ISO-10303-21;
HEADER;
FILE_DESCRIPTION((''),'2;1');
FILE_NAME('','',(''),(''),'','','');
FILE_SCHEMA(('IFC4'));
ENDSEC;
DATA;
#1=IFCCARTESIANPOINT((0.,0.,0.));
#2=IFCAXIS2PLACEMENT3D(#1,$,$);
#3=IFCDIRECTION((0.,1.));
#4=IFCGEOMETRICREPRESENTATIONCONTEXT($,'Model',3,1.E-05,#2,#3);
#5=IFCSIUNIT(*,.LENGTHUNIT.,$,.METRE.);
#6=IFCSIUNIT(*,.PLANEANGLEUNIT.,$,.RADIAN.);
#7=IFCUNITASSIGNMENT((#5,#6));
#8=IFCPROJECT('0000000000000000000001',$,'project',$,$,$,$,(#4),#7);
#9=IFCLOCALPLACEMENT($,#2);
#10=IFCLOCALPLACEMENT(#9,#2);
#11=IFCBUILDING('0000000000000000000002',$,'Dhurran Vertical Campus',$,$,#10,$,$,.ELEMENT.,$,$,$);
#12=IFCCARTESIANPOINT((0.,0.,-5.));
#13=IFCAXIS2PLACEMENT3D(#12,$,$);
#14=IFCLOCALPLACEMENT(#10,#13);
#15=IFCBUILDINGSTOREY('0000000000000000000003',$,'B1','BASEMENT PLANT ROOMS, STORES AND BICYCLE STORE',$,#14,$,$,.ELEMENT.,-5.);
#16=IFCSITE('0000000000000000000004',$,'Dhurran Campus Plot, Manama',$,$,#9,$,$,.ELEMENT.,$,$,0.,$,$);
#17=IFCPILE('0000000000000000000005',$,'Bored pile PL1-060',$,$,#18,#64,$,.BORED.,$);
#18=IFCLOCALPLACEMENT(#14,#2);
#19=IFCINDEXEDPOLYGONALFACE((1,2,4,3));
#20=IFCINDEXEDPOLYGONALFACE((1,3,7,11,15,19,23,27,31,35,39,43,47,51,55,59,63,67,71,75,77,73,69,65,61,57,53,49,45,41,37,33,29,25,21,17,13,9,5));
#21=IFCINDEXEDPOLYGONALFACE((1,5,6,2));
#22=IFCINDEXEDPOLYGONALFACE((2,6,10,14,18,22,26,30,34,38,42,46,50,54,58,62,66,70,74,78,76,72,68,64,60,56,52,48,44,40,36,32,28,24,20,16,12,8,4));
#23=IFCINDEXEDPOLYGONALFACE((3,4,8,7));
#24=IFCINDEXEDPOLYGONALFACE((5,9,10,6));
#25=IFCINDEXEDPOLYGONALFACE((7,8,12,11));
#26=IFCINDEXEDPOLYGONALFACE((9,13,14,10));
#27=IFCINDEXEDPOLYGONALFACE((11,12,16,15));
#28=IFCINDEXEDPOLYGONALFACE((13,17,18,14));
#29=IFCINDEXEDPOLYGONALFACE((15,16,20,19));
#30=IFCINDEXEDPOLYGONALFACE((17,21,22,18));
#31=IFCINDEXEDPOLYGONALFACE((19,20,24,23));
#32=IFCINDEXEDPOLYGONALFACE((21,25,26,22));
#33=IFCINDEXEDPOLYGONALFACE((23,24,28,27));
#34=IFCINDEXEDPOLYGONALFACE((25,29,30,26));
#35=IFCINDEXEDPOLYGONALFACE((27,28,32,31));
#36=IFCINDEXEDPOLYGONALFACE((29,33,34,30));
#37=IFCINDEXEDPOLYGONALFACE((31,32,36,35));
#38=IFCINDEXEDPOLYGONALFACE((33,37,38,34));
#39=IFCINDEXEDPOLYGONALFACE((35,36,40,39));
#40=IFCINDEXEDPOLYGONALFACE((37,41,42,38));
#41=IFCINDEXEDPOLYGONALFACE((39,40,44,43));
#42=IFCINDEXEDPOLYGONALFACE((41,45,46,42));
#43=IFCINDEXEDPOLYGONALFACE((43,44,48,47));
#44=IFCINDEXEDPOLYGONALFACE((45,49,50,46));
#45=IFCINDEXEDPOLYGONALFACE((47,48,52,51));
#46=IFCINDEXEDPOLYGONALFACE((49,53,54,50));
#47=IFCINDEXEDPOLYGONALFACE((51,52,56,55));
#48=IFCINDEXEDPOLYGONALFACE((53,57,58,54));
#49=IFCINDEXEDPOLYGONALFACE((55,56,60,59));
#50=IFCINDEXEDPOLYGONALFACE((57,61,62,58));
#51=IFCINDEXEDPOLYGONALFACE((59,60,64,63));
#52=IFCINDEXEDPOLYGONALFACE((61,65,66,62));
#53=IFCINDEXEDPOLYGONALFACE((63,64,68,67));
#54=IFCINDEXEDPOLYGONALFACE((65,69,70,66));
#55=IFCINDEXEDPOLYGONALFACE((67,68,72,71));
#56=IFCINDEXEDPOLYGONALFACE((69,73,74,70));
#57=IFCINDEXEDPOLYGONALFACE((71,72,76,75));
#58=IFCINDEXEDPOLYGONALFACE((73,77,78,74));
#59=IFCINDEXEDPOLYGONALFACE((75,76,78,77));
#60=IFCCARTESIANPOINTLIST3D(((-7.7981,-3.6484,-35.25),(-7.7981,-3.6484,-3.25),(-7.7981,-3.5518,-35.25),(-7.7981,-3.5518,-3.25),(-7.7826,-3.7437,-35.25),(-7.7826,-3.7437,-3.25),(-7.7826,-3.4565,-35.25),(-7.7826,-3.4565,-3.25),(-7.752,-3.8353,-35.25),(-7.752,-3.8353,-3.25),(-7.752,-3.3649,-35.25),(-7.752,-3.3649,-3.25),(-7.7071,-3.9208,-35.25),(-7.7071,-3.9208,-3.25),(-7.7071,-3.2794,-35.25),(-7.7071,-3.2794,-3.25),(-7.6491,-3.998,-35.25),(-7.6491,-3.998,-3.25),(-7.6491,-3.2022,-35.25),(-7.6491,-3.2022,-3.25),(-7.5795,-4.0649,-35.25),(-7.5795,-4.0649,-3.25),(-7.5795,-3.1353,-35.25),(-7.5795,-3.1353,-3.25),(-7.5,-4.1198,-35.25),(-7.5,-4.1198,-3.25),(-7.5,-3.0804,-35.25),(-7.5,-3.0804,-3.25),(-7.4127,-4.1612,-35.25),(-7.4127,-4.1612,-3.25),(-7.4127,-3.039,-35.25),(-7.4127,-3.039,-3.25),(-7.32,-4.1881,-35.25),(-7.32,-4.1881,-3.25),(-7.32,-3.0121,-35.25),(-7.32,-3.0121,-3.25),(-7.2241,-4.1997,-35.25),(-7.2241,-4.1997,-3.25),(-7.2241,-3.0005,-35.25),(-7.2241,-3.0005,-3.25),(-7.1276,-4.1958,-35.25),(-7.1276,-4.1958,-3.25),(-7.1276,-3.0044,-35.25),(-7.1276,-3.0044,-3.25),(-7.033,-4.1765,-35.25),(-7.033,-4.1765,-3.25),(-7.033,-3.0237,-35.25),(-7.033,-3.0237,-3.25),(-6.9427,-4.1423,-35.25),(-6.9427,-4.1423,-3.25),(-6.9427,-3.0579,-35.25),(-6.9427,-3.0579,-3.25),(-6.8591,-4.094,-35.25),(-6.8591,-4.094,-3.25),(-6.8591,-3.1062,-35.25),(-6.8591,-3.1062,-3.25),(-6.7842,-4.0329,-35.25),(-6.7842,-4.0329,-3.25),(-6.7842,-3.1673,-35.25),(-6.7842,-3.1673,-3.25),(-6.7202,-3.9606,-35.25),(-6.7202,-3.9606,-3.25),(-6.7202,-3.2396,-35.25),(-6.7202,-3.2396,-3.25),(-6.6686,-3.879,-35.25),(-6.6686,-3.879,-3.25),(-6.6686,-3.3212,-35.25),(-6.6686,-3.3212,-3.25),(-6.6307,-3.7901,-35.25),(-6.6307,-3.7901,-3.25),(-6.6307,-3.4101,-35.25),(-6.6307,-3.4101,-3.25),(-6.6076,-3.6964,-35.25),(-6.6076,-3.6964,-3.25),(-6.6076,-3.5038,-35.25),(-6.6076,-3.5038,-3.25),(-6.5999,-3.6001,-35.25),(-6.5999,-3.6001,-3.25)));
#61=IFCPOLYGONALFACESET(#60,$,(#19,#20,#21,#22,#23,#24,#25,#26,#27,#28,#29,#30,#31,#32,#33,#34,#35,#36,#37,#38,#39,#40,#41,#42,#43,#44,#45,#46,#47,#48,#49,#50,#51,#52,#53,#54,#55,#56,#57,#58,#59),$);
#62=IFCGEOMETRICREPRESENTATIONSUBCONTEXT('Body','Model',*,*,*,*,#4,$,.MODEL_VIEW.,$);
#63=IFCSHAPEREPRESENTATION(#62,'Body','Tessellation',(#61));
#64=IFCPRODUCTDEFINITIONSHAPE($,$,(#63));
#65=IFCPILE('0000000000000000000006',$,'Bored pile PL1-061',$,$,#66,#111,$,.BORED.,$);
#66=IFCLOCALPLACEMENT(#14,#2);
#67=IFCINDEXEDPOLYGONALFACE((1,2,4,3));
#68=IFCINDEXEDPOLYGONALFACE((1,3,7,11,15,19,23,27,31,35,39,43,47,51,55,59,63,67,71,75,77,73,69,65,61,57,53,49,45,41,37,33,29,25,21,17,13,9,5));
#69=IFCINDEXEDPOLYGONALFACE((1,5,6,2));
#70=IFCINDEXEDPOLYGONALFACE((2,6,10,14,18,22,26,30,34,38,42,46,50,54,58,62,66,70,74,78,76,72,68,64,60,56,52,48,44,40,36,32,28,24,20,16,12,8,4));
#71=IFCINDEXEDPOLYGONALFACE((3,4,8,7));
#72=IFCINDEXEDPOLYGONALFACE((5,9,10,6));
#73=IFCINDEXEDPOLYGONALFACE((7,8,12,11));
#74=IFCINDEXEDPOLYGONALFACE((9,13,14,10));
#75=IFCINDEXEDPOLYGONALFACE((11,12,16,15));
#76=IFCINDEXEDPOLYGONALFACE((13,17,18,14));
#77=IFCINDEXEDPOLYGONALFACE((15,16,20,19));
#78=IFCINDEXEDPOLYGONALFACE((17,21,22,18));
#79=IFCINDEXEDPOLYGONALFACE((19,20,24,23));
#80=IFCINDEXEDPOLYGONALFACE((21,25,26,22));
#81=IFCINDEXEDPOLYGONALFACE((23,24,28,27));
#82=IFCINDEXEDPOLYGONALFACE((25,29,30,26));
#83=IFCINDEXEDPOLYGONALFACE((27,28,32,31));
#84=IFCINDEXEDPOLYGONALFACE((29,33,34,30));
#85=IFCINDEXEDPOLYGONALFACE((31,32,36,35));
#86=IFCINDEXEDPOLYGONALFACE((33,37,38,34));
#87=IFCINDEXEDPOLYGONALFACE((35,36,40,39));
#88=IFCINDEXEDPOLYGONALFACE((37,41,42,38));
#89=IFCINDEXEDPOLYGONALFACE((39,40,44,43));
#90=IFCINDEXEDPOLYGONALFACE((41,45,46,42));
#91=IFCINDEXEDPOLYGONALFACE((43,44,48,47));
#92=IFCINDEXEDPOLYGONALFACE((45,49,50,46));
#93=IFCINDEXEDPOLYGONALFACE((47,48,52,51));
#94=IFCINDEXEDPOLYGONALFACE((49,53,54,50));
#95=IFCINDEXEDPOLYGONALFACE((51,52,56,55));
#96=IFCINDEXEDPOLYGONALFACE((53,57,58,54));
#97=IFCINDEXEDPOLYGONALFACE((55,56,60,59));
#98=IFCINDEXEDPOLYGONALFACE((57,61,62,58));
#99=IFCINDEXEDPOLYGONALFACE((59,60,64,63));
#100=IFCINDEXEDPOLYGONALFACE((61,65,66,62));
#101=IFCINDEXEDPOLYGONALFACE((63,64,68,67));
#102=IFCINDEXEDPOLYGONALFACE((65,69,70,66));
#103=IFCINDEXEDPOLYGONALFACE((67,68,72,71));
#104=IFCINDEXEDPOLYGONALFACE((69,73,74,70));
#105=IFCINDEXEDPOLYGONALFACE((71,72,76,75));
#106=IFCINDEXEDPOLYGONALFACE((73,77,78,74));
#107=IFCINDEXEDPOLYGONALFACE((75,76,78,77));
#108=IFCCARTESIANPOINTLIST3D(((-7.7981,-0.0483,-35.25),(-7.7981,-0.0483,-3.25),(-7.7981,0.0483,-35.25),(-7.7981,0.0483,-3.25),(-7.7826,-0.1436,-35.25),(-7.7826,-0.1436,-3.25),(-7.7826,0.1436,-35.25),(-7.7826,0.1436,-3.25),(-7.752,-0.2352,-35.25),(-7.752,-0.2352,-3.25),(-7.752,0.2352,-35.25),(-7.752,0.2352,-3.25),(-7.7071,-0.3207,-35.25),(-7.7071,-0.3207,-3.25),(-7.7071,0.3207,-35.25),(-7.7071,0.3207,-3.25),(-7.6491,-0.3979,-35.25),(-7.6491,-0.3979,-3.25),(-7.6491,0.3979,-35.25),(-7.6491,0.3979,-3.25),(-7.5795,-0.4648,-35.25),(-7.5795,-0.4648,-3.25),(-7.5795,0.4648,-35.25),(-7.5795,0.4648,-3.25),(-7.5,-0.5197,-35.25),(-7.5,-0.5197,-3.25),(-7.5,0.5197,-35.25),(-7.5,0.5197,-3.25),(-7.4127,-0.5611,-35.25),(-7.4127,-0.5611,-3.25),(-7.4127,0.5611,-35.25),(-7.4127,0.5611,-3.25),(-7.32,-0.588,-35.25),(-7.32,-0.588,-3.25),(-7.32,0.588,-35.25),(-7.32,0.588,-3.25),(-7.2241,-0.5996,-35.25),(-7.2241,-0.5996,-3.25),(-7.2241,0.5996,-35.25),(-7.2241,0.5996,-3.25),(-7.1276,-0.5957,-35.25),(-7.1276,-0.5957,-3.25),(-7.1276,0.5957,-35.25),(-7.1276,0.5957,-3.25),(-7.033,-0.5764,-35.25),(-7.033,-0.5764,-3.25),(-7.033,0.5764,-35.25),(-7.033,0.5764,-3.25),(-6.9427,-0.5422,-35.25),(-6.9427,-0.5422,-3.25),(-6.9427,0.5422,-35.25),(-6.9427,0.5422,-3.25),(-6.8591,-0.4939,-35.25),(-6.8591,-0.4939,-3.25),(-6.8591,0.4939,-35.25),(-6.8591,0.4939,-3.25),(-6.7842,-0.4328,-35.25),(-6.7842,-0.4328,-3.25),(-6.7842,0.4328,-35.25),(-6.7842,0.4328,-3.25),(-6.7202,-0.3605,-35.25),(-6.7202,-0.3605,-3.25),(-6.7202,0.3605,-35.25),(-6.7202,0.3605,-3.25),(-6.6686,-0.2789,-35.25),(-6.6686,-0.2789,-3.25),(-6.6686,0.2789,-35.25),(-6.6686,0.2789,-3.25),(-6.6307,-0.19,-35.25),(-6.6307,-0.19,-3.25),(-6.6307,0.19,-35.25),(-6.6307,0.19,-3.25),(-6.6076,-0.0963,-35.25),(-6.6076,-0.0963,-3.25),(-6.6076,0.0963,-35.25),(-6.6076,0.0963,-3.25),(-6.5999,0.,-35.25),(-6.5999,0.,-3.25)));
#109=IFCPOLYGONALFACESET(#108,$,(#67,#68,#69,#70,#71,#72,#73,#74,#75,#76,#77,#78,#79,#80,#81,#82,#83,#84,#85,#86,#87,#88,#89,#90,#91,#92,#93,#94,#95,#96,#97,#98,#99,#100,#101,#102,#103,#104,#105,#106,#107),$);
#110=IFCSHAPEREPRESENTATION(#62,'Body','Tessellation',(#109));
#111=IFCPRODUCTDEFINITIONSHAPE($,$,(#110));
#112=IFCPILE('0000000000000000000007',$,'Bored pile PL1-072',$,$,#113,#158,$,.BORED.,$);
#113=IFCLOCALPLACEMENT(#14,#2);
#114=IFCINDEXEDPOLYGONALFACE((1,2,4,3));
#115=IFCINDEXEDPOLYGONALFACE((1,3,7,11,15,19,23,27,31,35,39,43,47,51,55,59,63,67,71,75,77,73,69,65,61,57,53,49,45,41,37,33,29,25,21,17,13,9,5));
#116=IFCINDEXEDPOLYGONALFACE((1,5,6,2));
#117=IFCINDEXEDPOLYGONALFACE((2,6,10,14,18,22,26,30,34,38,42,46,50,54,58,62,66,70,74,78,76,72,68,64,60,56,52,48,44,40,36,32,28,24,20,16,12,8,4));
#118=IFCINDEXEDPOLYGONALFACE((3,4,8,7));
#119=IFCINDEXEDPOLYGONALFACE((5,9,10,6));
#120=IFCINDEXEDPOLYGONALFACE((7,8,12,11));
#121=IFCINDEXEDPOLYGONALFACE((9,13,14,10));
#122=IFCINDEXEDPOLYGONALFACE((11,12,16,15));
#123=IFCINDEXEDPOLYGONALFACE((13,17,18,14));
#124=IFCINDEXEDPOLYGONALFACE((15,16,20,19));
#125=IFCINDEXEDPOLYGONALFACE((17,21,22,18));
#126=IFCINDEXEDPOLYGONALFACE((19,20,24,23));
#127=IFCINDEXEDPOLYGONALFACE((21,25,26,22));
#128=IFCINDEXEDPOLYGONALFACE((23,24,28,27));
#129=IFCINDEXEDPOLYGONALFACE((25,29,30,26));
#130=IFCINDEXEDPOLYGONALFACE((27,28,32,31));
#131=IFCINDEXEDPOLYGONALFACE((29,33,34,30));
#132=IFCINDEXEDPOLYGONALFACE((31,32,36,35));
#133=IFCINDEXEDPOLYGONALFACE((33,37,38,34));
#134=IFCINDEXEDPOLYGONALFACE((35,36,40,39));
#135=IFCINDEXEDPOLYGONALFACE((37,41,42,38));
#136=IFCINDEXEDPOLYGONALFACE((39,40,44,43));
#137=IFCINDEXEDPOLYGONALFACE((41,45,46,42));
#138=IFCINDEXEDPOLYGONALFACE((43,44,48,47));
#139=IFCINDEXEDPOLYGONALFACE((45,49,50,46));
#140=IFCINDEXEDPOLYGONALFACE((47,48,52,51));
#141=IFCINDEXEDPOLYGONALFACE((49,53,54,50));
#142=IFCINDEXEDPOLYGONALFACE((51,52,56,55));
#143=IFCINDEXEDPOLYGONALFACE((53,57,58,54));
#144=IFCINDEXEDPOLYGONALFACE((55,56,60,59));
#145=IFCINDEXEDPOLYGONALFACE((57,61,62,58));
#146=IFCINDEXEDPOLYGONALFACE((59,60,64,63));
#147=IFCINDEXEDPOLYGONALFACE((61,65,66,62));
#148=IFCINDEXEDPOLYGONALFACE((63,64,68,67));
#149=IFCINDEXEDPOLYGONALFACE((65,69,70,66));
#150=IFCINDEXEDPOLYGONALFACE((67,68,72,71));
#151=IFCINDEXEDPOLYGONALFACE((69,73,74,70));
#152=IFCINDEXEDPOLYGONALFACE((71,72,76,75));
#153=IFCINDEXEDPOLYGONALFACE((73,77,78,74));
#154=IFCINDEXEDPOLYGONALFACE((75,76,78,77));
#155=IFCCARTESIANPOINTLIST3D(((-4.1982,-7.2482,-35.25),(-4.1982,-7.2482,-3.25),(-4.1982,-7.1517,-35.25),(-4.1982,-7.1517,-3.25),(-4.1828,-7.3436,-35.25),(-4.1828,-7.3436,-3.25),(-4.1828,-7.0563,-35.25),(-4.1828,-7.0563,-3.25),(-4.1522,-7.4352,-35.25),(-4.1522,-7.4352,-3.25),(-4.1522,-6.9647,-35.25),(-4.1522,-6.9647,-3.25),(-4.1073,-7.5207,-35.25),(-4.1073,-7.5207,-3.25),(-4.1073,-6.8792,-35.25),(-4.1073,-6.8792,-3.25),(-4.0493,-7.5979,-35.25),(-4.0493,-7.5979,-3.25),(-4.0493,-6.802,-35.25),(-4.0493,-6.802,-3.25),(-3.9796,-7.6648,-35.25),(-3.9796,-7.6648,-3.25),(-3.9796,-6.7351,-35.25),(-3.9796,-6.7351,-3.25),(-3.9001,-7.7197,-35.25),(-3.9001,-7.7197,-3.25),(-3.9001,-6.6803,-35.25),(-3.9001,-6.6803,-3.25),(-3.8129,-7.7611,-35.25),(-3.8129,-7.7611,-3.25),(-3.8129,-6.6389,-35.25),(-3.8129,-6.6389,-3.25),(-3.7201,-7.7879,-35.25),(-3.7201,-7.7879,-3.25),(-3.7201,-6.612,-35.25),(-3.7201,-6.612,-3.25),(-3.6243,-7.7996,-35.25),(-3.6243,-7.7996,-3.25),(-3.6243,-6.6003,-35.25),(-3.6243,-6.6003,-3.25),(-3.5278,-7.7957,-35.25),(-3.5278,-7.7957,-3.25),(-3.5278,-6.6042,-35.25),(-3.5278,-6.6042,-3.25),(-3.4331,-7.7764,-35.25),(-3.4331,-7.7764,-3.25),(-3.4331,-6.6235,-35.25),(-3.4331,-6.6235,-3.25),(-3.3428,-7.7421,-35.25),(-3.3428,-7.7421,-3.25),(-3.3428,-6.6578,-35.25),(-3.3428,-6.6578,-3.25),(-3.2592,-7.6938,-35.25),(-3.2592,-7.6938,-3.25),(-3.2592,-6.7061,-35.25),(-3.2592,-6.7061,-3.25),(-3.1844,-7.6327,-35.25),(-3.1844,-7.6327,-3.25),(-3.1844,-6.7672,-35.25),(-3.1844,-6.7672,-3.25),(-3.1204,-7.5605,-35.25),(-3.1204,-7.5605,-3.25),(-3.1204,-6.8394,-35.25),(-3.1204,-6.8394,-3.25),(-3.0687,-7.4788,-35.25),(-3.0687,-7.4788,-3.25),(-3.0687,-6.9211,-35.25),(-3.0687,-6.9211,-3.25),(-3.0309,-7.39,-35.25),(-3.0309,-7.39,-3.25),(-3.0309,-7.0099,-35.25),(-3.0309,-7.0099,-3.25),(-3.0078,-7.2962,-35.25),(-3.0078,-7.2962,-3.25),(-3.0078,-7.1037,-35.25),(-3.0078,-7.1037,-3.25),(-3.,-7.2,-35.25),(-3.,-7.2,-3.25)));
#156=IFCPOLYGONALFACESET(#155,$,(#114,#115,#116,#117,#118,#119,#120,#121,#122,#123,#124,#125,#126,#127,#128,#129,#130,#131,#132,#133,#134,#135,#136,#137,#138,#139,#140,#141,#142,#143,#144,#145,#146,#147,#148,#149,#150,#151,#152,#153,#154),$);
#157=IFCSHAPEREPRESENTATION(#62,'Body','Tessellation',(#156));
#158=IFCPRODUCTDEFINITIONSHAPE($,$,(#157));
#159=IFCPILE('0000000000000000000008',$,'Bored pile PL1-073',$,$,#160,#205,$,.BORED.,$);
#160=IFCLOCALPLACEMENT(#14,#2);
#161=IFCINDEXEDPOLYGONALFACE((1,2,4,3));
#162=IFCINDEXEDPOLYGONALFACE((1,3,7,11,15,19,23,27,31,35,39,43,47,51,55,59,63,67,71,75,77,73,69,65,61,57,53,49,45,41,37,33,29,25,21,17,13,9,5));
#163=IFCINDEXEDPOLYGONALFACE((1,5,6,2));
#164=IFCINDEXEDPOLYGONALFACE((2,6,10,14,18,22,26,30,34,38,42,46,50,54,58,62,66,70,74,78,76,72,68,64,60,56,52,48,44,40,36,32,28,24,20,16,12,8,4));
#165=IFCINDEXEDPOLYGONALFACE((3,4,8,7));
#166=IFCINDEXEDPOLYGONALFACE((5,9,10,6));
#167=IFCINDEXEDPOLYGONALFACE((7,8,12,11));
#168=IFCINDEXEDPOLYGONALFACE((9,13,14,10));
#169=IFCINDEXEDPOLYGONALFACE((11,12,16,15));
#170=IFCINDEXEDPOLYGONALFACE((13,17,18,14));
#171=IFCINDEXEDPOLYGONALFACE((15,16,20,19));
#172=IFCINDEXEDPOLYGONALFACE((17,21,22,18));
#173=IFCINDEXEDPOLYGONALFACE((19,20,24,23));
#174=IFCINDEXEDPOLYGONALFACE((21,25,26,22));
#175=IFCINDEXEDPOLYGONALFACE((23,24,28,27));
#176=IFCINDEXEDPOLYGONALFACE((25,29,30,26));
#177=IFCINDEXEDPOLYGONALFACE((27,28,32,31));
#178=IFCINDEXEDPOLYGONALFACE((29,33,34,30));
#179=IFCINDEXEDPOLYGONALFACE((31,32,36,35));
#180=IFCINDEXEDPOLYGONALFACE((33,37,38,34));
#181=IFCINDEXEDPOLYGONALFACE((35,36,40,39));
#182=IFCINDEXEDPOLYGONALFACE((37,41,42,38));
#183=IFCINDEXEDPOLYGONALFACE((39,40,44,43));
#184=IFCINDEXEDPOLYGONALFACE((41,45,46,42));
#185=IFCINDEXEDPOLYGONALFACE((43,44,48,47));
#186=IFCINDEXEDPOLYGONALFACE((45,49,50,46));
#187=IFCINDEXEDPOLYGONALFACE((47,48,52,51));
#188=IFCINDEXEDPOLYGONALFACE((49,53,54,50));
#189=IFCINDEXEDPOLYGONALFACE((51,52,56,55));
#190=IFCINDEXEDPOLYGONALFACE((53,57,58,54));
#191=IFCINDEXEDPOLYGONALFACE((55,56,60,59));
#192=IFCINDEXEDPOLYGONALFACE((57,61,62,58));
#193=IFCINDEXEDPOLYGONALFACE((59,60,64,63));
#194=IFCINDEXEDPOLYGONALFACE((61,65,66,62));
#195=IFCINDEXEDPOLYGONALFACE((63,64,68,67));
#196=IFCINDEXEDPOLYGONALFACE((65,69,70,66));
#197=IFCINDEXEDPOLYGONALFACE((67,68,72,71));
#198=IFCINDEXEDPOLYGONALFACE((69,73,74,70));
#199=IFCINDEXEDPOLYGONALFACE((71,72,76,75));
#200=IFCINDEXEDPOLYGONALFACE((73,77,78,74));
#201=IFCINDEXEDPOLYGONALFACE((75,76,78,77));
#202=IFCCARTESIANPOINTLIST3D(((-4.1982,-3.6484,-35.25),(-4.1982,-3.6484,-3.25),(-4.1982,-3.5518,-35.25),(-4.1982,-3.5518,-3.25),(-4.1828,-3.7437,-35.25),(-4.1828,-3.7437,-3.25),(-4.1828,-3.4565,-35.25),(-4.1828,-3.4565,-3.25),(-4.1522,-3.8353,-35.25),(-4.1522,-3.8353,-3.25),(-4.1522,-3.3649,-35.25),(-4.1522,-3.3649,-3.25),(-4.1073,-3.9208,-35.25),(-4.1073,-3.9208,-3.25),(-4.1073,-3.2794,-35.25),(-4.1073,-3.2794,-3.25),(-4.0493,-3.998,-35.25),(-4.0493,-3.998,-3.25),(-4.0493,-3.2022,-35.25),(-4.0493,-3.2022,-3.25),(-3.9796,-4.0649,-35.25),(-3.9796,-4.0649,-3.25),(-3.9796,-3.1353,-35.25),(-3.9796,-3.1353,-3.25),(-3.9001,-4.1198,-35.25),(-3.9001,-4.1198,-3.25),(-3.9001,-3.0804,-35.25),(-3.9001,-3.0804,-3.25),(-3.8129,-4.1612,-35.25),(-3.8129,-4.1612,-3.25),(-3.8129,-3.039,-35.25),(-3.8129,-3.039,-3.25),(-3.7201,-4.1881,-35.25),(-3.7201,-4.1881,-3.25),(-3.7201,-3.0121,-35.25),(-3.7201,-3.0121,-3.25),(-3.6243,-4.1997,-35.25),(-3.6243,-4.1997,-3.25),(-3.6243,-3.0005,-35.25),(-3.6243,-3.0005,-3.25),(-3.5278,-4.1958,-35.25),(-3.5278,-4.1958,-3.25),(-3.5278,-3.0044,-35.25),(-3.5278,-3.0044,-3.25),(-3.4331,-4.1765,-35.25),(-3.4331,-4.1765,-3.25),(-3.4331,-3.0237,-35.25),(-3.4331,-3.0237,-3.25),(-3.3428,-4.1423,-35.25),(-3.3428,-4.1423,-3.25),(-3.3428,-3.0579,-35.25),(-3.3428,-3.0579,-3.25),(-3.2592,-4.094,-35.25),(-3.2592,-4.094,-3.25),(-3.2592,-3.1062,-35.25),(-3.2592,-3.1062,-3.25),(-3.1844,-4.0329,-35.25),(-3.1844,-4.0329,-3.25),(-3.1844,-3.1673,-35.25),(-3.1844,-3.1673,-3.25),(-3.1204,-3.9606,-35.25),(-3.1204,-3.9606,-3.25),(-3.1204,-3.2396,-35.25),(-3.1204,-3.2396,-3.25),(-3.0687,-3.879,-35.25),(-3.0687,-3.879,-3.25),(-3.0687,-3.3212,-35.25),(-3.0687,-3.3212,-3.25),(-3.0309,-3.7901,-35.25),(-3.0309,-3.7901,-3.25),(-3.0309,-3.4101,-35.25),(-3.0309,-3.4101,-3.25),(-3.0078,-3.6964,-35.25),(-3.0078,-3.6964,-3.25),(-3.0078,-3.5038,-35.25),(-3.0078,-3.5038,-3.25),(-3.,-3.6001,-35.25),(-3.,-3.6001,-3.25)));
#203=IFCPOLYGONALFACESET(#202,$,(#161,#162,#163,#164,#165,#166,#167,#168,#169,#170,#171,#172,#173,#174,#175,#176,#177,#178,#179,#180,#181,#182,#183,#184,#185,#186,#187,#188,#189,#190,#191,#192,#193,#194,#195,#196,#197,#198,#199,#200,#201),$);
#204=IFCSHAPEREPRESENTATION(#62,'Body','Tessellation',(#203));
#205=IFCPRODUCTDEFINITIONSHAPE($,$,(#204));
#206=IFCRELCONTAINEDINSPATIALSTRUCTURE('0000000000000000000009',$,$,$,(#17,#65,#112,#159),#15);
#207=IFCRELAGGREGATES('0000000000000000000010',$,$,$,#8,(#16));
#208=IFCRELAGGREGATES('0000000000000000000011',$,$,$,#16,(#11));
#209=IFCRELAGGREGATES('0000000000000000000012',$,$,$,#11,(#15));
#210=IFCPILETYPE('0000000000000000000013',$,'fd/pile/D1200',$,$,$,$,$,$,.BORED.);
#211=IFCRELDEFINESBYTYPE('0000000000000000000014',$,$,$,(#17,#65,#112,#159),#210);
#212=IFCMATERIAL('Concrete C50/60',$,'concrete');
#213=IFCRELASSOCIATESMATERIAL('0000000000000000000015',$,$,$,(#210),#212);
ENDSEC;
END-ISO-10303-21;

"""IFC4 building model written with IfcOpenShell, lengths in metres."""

from ifc_helpers import new_model, si_unit, direction, frame, origin, origin_2d, place, context, subcontext, project, spatial, circle, extrude, material, material_profile, profile_set, type_object, element, save


model = new_model("IFC4")

# Units and contexts
model_context = context("Model", 3, precision=1e-05, world=origin(), true_north=direction((0.0, 1.0)))
body_context = subcontext(model_context, "Body", "Model", "MODEL_VIEW")
ifc_project = project(units=[si_unit("LENGTHUNIT", "METRE"), si_unit("PLANEANGLEUNIT", "RADIAN")], contexts=[model_context])

# Site, building, storey
site_placement = place(None, origin())
site = spatial("IfcSite", under=ifc_project, at=site_placement, Name="Dhurran Campus Plot, Manama", CompositionType="ELEMENT", RefElevation=0.0)
building_placement = place(site_placement, origin())
building = spatial("IfcBuilding", under=site, at=building_placement, Name="Dhurran Vertical Campus", CompositionType="ELEMENT")
storey_placement = place(building_placement, frame((0.0, 0.0, -5.0)))
storey = spatial("IfcBuildingStorey", under=building, at=storey_placement, Name="B1", Description="BASEMENT PLANT ROOMS, STORES AND BICYCLE STORE", CompositionType="ELEMENT", Elevation=-5.0)

# Piles
ifc_material_1 = material(Name="Concrete C50/60", Category="concrete")
ifc_material_profile = material_profile(ifc_material_1, circle(Radius=0.6001, at=origin_2d()), Name="fd/pile/D1200")
ifc_profile_set = profile_set([ifc_material_profile], Name="Concrete C50/60")
pile_type = type_object("IfcPileType", Name="fd/pile/D1200", PredefinedType="BORED", material=ifc_profile_set)
for number, where, z_axis, x_axis, name in (
    (1, (-7.2, -3.6001, -3.25), (0.0, 0.0, -1.0), (1.0, 0.0, 0.0), "Bored pile PL1-060"),
    (2, (-7.2, 0.0, -3.25), (0.0, 0.0, -1.0), (1.0, 0.0, 0.0), "Bored pile PL1-061"),
    (3, (-3.6001, -7.2, -3.25), (0.0, 0.0, -1.0), (1.0, 0.0, 0.0), "Bored pile PL1-072"),
    (4, (-3.6001, -3.6001, -3.25), (0.0, 0.0, -1.0), (1.0, 0.0, 0.0), "Bored pile PL1-073"),
):
    element("IfcPile", number, at=place(storey_placement, frame(where, z_axis=z_axis, x_axis=x_axis)), inside=storey, type_object=pile_type, Name=name, PredefinedType="BORED", context=body_context, shape_type="SweptSolid", body=[
        extrude(circle(Radius=0.6001, at=origin_2d()), origin(), (0.0, 0.0, 1.0), 32.0),
    ])

save(model, "model.ifc")
